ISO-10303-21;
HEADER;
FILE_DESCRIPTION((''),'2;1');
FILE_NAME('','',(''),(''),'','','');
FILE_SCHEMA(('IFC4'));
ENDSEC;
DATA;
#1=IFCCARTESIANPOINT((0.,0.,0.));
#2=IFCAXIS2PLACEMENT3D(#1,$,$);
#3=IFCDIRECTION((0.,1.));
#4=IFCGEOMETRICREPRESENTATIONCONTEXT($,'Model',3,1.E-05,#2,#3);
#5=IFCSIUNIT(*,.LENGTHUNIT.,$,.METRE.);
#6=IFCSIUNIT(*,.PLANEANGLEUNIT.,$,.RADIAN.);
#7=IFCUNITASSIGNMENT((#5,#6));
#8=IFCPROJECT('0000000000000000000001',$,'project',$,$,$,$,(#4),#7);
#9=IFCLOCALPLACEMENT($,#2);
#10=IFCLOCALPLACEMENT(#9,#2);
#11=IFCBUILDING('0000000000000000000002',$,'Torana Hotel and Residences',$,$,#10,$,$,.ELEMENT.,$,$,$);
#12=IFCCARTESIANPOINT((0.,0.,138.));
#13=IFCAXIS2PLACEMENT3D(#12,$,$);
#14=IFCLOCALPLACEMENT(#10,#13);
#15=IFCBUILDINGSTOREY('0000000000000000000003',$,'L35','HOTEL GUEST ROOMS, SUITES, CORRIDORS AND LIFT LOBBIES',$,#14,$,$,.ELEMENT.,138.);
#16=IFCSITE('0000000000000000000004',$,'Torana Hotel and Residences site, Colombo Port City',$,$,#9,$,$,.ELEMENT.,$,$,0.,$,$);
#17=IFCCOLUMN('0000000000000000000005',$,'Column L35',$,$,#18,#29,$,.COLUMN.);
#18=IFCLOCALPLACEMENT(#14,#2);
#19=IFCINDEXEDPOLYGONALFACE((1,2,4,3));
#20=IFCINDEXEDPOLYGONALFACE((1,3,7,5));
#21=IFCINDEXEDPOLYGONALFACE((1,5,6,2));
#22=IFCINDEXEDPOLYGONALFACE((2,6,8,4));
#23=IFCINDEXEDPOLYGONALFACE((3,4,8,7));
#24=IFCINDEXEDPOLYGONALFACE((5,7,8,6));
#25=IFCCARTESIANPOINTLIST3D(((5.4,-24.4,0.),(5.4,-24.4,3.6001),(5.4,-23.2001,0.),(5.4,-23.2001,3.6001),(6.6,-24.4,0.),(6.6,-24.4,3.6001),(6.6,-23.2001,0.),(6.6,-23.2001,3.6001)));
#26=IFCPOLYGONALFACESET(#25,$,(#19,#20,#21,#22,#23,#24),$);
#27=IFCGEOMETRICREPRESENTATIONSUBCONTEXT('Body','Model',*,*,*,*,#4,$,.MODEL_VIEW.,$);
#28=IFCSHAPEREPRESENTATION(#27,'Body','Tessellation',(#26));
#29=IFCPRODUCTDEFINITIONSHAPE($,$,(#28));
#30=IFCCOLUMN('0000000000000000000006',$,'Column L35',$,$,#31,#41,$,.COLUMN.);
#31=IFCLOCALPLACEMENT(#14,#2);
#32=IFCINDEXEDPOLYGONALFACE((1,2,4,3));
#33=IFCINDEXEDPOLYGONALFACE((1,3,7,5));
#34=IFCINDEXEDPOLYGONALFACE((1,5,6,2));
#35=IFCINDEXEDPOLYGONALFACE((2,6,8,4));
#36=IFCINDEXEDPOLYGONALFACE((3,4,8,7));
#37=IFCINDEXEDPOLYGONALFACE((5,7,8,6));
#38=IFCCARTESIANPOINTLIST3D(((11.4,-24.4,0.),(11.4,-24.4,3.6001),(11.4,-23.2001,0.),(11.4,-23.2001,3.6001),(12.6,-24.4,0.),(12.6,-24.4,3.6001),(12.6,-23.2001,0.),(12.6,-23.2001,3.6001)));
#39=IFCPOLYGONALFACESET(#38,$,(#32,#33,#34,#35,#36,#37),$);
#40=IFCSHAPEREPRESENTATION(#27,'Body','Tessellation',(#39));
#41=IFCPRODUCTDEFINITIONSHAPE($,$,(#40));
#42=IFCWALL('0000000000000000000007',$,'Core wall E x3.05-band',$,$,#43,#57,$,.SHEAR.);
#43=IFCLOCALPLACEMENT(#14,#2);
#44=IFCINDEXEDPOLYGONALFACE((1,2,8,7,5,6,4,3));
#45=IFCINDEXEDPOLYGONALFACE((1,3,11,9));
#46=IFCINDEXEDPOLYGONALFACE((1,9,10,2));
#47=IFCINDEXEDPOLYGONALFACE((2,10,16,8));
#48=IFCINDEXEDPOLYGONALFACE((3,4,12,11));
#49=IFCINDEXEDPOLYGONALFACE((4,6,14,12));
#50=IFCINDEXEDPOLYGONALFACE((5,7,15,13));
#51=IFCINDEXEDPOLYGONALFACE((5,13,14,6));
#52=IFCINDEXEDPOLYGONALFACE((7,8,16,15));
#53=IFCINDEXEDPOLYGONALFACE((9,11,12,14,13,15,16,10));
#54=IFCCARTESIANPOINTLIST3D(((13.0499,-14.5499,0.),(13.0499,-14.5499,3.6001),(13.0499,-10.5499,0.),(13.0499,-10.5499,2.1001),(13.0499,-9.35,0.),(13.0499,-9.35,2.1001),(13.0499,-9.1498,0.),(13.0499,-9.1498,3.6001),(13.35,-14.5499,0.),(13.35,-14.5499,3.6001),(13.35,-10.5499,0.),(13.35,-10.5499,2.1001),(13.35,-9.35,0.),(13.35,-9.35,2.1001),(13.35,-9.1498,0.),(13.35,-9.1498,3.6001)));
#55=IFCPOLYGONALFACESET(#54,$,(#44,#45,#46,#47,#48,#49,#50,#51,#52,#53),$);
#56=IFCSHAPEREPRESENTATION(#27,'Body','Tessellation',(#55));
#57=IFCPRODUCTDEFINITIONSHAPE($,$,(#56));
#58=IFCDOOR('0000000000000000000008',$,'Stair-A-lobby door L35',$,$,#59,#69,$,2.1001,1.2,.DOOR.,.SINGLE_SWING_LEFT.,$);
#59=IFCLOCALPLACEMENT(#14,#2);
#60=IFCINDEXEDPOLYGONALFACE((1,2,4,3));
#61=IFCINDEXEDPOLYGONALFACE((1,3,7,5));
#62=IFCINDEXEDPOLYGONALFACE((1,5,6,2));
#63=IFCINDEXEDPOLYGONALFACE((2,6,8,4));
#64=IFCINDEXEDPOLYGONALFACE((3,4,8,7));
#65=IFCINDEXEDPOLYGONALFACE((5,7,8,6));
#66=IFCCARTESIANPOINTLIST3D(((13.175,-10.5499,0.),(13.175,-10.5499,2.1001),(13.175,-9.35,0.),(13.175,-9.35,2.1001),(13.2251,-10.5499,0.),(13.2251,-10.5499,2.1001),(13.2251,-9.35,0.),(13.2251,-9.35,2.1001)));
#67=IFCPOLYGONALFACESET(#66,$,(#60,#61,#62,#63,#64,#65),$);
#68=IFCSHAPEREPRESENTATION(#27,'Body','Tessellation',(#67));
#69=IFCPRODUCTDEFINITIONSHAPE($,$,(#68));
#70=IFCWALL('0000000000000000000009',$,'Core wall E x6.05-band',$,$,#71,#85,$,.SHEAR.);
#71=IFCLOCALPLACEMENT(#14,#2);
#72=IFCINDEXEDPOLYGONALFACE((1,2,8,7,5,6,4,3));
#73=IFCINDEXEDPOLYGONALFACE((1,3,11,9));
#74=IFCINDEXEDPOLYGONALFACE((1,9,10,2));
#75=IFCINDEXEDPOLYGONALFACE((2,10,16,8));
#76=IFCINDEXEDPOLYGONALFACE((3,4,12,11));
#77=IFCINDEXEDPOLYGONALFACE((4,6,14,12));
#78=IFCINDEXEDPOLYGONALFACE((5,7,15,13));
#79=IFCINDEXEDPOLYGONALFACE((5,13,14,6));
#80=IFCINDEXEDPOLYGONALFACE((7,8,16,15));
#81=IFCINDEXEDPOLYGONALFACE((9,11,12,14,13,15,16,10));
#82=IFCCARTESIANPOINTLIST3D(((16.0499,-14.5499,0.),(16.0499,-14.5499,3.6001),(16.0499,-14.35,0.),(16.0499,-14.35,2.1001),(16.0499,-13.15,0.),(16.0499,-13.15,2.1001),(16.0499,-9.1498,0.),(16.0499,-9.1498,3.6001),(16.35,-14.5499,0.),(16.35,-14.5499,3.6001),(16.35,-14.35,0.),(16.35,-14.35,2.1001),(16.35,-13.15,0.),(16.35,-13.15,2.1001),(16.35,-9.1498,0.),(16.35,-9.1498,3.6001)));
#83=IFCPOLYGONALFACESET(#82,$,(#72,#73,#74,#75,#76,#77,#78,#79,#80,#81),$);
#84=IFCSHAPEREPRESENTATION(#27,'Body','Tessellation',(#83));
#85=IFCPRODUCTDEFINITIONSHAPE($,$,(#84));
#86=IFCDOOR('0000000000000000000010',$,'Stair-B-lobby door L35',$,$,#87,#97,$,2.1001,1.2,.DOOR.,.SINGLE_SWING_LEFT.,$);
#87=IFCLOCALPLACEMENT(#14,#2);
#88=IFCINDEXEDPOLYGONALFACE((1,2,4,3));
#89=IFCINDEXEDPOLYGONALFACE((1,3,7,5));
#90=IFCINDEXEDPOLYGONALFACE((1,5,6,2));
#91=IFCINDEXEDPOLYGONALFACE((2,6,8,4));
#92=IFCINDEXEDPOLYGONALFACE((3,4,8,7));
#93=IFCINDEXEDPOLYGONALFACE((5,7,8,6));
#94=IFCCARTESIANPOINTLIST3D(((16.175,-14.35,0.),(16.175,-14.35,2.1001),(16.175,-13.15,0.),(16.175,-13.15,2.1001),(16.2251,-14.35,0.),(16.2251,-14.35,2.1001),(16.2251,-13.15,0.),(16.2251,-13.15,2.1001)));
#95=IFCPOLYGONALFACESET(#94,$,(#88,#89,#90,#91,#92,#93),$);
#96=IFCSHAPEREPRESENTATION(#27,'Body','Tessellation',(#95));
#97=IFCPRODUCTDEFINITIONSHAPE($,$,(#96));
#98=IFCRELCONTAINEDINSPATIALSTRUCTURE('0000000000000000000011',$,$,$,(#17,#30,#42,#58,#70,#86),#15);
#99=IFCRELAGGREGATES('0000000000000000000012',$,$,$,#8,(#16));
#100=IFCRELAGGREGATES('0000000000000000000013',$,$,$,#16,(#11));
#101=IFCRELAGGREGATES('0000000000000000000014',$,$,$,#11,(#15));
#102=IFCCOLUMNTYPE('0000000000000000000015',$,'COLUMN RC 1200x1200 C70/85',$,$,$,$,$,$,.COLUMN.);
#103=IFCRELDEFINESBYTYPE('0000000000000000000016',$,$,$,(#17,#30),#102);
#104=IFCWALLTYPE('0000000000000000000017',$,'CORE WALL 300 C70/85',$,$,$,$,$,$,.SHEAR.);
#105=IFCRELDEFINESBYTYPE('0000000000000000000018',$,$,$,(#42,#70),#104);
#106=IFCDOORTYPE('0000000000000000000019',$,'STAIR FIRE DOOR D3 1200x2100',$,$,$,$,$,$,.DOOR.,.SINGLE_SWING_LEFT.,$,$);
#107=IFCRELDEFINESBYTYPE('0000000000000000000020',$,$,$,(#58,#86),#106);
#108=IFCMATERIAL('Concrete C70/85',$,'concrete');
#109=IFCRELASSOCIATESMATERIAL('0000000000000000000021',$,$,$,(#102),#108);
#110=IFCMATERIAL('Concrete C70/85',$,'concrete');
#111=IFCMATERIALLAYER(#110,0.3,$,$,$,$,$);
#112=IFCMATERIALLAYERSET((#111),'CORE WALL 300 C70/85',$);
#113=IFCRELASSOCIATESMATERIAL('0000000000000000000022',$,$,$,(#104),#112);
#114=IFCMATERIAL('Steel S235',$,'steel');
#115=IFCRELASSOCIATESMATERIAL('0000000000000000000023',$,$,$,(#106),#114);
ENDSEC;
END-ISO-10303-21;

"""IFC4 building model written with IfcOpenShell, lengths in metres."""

from ifc_helpers import new_model, si_unit, direction, frame, frame_2d, origin, origin_2d, place, context, subcontext, project, spatial, rectangle, extrude, material, layer, layer_set, material_profile, profile_set, type_object, element, fill, save


model = new_model("IFC4")

# Units and contexts
model_context = context("Model", 3, precision=1e-05, world=origin(), true_north=direction((0.0, 1.0)))
body_context = subcontext(model_context, "Body", "Model", "MODEL_VIEW")
ifc_project = project(units=[si_unit("LENGTHUNIT", "METRE"), si_unit("PLANEANGLEUNIT", "RADIAN")], contexts=[model_context])

# Site, building, storey
site_placement = place(None, origin())
site = spatial("IfcSite", under=ifc_project, at=site_placement, Name="Torana Hotel and Residences site, Colombo Port City", CompositionType="ELEMENT", RefElevation=0.0)
building_placement = place(site_placement, origin())
building = spatial("IfcBuilding", under=site, at=building_placement, Name="Torana Hotel and Residences", CompositionType="ELEMENT")
storey_placement = place(building_placement, frame((0.0, 0.0, 138.0)))
storey = spatial("IfcBuildingStorey", under=building, at=storey_placement, Name="L35", Description="HOTEL GUEST ROOMS, SUITES, CORRIDORS AND LIFT LOBBIES", CompositionType="ELEMENT", Elevation=138.0)

# Columns
ifc_material_1 = material(Name="Concrete C70/85", Category="concrete")
ifc_material_profile = material_profile(ifc_material_1, rectangle(XDim=1.2, YDim=1.2, at=origin_2d()), Name="RC 1200x1200")
ifc_profile_set = profile_set([ifc_material_profile], Name="Concrete C70/85")
column_type = type_object("IfcColumnType", Name="COLUMN RC 1200x1200 C70/85", PredefinedType="COLUMN", material=ifc_profile_set)
for number, where, z_axis, x_axis, name in (
    (1, (6.0, -23.8, 0.0), (0.0, 0.0, 1.0), (1.0, 0.0, 0.0), "Column L35"),
    (2, (12.0, -23.8, 0.0), (0.0, 0.0, 1.0), (1.0, 0.0, 0.0), "Column L35"),
):
    element("IfcColumn", number, at=place(storey_placement, frame(where, z_axis=z_axis, x_axis=x_axis)), inside=storey, type_object=column_type, Name=name, PredefinedType="COLUMN", context=body_context, shape_type="SweptSolid", body=[
        extrude(rectangle(XDim=1.2, YDim=1.2, at=origin_2d()), origin(), (0.0, 0.0, 1.0), 3.6001),
    ])

# Walls, openings, doors
ifc_material_2 = material(Name="Concrete C70/85", Category="concrete")
ifc_layer_1 = layer(ifc_material_2, 0.3)
ifc_layer_set_1 = layer_set([ifc_layer_1], Name="CORE WALL 300 C70/85")
wall_type_1 = type_object("IfcWallType", Name="CORE WALL 300 C70/85", PredefinedType="SHEAR", material=ifc_layer_set_1)
wall_1_placement = place(storey_placement, frame((13.2, -14.55, 0.0), z_axis=(0.0, 0.0, 1.0), x_axis=(0.0, 1.0, 0.0)))
wall_1 = element("IfcWall", 3, at=wall_1_placement, inside=storey, type_object=wall_type_1, Name="Core wall E x3.05-band", PredefinedType="SHEAR", context=body_context, shape_type="SweptSolid", body=[
    extrude(rectangle(XDim=5.4001, YDim=0.3, at=frame_2d((2.7002, 0.0))), origin(), (0.0, 0.0, 1.0), 3.6001),
])
opening_1_placement = place(wall_1_placement, frame((4.0, 0.0, 0.0)))
opening_1 = element("IfcOpeningElement", 4, at=opening_1_placement, cuts=wall_1, PredefinedType="OPENING", context=body_context, shape_type="SweptSolid", body=[
    extrude(rectangle(XDim=1.2, YDim=2.1001, at=frame_2d((0.6001, 1.05))), frame((0.0, 0.1599, 0.0), z_axis=(0.0, -1.0, 0.0), x_axis=(1.0, 0.0, 0.0)), (0.0, 0.0, 1.0), 0.3201),
])
ifc_material_3 = material(Name="Steel S235", Category="steel")
door_type_1 = type_object("IfcDoorType", Name="STAIR FIRE DOOR D3 1200x2100", OperationType="SINGLE_SWING_LEFT", PredefinedType="DOOR", material=ifc_material_3)
door_1_placement = place(opening_1_placement, origin())
door_1 = element("IfcDoor", 5, at=door_1_placement, inside=storey, type_object=door_type_1, Name="Stair-A-lobby door L35", OperationType="SINGLE_SWING_LEFT", OverallHeight=2.1001, OverallWidth=1.2, PredefinedType="DOOR", context=body_context, shape_type="SweptSolid", body=[
    extrude(rectangle(XDim=1.2, YDim=2.1001, at=frame_2d((0.6001, 1.05))), frame((0.0, 0.0249, 0.0), z_axis=(0.0, -1.0, 0.0), x_axis=(1.0, 0.0, 0.0)), (0.0, 0.0, 1.0), 0.05),
])
fill(opening_1, door_1)
wall_2_placement = place(storey_placement, frame((16.2, -14.55, 0.0), z_axis=(0.0, 0.0, 1.0), x_axis=(0.0, 1.0, 0.0)))
wall_2 = element("IfcWall", 6, at=wall_2_placement, inside=storey, type_object=wall_type_1, Name="Core wall E x6.05-band", PredefinedType="SHEAR", context=body_context, shape_type="SweptSolid", body=[
    extrude(rectangle(XDim=5.4001, YDim=0.3, at=frame_2d((2.7002, 0.0))), origin(), (0.0, 0.0, 1.0), 3.6001),
])
opening_2_placement = place(wall_2_placement, frame((0.2, 0.0, 0.0)))
opening_2 = element("IfcOpeningElement", 7, at=opening_2_placement, cuts=wall_2, PredefinedType="OPENING", context=body_context, shape_type="SweptSolid", body=[
    extrude(rectangle(XDim=1.2, YDim=2.1001, at=frame_2d((0.6001, 1.05))), frame((0.0, 0.1599, 0.0), z_axis=(0.0, -1.0, 0.0), x_axis=(1.0, 0.0, 0.0)), (0.0, 0.0, 1.0), 0.3201),
])
door_2_placement = place(opening_2_placement, frame((0.6001, 0.0, 0.0), z_axis=(0.0, 0.0, 1.0), x_axis=(-1.0, 0.0, 0.0)))
door_2 = element("IfcDoor", 8, at=door_2_placement, inside=storey, type_object=door_type_1, Name="Stair-B-lobby door L35", OperationType="SINGLE_SWING_LEFT", OverallHeight=2.1001, OverallWidth=1.2, PredefinedType="DOOR", context=body_context, shape_type="SweptSolid", body=[
    extrude(rectangle(XDim=1.2, YDim=2.1001, at=frame_2d((0.0, 1.05))), frame((0.0, -0.0249, 0.0), z_axis=(0.0, 1.0, 0.0), x_axis=(-1.0, 0.0, 0.0)), (0.0, 0.0, 1.0), 0.05),
])
fill(opening_2, door_2)

save(model, "model.ifc")
